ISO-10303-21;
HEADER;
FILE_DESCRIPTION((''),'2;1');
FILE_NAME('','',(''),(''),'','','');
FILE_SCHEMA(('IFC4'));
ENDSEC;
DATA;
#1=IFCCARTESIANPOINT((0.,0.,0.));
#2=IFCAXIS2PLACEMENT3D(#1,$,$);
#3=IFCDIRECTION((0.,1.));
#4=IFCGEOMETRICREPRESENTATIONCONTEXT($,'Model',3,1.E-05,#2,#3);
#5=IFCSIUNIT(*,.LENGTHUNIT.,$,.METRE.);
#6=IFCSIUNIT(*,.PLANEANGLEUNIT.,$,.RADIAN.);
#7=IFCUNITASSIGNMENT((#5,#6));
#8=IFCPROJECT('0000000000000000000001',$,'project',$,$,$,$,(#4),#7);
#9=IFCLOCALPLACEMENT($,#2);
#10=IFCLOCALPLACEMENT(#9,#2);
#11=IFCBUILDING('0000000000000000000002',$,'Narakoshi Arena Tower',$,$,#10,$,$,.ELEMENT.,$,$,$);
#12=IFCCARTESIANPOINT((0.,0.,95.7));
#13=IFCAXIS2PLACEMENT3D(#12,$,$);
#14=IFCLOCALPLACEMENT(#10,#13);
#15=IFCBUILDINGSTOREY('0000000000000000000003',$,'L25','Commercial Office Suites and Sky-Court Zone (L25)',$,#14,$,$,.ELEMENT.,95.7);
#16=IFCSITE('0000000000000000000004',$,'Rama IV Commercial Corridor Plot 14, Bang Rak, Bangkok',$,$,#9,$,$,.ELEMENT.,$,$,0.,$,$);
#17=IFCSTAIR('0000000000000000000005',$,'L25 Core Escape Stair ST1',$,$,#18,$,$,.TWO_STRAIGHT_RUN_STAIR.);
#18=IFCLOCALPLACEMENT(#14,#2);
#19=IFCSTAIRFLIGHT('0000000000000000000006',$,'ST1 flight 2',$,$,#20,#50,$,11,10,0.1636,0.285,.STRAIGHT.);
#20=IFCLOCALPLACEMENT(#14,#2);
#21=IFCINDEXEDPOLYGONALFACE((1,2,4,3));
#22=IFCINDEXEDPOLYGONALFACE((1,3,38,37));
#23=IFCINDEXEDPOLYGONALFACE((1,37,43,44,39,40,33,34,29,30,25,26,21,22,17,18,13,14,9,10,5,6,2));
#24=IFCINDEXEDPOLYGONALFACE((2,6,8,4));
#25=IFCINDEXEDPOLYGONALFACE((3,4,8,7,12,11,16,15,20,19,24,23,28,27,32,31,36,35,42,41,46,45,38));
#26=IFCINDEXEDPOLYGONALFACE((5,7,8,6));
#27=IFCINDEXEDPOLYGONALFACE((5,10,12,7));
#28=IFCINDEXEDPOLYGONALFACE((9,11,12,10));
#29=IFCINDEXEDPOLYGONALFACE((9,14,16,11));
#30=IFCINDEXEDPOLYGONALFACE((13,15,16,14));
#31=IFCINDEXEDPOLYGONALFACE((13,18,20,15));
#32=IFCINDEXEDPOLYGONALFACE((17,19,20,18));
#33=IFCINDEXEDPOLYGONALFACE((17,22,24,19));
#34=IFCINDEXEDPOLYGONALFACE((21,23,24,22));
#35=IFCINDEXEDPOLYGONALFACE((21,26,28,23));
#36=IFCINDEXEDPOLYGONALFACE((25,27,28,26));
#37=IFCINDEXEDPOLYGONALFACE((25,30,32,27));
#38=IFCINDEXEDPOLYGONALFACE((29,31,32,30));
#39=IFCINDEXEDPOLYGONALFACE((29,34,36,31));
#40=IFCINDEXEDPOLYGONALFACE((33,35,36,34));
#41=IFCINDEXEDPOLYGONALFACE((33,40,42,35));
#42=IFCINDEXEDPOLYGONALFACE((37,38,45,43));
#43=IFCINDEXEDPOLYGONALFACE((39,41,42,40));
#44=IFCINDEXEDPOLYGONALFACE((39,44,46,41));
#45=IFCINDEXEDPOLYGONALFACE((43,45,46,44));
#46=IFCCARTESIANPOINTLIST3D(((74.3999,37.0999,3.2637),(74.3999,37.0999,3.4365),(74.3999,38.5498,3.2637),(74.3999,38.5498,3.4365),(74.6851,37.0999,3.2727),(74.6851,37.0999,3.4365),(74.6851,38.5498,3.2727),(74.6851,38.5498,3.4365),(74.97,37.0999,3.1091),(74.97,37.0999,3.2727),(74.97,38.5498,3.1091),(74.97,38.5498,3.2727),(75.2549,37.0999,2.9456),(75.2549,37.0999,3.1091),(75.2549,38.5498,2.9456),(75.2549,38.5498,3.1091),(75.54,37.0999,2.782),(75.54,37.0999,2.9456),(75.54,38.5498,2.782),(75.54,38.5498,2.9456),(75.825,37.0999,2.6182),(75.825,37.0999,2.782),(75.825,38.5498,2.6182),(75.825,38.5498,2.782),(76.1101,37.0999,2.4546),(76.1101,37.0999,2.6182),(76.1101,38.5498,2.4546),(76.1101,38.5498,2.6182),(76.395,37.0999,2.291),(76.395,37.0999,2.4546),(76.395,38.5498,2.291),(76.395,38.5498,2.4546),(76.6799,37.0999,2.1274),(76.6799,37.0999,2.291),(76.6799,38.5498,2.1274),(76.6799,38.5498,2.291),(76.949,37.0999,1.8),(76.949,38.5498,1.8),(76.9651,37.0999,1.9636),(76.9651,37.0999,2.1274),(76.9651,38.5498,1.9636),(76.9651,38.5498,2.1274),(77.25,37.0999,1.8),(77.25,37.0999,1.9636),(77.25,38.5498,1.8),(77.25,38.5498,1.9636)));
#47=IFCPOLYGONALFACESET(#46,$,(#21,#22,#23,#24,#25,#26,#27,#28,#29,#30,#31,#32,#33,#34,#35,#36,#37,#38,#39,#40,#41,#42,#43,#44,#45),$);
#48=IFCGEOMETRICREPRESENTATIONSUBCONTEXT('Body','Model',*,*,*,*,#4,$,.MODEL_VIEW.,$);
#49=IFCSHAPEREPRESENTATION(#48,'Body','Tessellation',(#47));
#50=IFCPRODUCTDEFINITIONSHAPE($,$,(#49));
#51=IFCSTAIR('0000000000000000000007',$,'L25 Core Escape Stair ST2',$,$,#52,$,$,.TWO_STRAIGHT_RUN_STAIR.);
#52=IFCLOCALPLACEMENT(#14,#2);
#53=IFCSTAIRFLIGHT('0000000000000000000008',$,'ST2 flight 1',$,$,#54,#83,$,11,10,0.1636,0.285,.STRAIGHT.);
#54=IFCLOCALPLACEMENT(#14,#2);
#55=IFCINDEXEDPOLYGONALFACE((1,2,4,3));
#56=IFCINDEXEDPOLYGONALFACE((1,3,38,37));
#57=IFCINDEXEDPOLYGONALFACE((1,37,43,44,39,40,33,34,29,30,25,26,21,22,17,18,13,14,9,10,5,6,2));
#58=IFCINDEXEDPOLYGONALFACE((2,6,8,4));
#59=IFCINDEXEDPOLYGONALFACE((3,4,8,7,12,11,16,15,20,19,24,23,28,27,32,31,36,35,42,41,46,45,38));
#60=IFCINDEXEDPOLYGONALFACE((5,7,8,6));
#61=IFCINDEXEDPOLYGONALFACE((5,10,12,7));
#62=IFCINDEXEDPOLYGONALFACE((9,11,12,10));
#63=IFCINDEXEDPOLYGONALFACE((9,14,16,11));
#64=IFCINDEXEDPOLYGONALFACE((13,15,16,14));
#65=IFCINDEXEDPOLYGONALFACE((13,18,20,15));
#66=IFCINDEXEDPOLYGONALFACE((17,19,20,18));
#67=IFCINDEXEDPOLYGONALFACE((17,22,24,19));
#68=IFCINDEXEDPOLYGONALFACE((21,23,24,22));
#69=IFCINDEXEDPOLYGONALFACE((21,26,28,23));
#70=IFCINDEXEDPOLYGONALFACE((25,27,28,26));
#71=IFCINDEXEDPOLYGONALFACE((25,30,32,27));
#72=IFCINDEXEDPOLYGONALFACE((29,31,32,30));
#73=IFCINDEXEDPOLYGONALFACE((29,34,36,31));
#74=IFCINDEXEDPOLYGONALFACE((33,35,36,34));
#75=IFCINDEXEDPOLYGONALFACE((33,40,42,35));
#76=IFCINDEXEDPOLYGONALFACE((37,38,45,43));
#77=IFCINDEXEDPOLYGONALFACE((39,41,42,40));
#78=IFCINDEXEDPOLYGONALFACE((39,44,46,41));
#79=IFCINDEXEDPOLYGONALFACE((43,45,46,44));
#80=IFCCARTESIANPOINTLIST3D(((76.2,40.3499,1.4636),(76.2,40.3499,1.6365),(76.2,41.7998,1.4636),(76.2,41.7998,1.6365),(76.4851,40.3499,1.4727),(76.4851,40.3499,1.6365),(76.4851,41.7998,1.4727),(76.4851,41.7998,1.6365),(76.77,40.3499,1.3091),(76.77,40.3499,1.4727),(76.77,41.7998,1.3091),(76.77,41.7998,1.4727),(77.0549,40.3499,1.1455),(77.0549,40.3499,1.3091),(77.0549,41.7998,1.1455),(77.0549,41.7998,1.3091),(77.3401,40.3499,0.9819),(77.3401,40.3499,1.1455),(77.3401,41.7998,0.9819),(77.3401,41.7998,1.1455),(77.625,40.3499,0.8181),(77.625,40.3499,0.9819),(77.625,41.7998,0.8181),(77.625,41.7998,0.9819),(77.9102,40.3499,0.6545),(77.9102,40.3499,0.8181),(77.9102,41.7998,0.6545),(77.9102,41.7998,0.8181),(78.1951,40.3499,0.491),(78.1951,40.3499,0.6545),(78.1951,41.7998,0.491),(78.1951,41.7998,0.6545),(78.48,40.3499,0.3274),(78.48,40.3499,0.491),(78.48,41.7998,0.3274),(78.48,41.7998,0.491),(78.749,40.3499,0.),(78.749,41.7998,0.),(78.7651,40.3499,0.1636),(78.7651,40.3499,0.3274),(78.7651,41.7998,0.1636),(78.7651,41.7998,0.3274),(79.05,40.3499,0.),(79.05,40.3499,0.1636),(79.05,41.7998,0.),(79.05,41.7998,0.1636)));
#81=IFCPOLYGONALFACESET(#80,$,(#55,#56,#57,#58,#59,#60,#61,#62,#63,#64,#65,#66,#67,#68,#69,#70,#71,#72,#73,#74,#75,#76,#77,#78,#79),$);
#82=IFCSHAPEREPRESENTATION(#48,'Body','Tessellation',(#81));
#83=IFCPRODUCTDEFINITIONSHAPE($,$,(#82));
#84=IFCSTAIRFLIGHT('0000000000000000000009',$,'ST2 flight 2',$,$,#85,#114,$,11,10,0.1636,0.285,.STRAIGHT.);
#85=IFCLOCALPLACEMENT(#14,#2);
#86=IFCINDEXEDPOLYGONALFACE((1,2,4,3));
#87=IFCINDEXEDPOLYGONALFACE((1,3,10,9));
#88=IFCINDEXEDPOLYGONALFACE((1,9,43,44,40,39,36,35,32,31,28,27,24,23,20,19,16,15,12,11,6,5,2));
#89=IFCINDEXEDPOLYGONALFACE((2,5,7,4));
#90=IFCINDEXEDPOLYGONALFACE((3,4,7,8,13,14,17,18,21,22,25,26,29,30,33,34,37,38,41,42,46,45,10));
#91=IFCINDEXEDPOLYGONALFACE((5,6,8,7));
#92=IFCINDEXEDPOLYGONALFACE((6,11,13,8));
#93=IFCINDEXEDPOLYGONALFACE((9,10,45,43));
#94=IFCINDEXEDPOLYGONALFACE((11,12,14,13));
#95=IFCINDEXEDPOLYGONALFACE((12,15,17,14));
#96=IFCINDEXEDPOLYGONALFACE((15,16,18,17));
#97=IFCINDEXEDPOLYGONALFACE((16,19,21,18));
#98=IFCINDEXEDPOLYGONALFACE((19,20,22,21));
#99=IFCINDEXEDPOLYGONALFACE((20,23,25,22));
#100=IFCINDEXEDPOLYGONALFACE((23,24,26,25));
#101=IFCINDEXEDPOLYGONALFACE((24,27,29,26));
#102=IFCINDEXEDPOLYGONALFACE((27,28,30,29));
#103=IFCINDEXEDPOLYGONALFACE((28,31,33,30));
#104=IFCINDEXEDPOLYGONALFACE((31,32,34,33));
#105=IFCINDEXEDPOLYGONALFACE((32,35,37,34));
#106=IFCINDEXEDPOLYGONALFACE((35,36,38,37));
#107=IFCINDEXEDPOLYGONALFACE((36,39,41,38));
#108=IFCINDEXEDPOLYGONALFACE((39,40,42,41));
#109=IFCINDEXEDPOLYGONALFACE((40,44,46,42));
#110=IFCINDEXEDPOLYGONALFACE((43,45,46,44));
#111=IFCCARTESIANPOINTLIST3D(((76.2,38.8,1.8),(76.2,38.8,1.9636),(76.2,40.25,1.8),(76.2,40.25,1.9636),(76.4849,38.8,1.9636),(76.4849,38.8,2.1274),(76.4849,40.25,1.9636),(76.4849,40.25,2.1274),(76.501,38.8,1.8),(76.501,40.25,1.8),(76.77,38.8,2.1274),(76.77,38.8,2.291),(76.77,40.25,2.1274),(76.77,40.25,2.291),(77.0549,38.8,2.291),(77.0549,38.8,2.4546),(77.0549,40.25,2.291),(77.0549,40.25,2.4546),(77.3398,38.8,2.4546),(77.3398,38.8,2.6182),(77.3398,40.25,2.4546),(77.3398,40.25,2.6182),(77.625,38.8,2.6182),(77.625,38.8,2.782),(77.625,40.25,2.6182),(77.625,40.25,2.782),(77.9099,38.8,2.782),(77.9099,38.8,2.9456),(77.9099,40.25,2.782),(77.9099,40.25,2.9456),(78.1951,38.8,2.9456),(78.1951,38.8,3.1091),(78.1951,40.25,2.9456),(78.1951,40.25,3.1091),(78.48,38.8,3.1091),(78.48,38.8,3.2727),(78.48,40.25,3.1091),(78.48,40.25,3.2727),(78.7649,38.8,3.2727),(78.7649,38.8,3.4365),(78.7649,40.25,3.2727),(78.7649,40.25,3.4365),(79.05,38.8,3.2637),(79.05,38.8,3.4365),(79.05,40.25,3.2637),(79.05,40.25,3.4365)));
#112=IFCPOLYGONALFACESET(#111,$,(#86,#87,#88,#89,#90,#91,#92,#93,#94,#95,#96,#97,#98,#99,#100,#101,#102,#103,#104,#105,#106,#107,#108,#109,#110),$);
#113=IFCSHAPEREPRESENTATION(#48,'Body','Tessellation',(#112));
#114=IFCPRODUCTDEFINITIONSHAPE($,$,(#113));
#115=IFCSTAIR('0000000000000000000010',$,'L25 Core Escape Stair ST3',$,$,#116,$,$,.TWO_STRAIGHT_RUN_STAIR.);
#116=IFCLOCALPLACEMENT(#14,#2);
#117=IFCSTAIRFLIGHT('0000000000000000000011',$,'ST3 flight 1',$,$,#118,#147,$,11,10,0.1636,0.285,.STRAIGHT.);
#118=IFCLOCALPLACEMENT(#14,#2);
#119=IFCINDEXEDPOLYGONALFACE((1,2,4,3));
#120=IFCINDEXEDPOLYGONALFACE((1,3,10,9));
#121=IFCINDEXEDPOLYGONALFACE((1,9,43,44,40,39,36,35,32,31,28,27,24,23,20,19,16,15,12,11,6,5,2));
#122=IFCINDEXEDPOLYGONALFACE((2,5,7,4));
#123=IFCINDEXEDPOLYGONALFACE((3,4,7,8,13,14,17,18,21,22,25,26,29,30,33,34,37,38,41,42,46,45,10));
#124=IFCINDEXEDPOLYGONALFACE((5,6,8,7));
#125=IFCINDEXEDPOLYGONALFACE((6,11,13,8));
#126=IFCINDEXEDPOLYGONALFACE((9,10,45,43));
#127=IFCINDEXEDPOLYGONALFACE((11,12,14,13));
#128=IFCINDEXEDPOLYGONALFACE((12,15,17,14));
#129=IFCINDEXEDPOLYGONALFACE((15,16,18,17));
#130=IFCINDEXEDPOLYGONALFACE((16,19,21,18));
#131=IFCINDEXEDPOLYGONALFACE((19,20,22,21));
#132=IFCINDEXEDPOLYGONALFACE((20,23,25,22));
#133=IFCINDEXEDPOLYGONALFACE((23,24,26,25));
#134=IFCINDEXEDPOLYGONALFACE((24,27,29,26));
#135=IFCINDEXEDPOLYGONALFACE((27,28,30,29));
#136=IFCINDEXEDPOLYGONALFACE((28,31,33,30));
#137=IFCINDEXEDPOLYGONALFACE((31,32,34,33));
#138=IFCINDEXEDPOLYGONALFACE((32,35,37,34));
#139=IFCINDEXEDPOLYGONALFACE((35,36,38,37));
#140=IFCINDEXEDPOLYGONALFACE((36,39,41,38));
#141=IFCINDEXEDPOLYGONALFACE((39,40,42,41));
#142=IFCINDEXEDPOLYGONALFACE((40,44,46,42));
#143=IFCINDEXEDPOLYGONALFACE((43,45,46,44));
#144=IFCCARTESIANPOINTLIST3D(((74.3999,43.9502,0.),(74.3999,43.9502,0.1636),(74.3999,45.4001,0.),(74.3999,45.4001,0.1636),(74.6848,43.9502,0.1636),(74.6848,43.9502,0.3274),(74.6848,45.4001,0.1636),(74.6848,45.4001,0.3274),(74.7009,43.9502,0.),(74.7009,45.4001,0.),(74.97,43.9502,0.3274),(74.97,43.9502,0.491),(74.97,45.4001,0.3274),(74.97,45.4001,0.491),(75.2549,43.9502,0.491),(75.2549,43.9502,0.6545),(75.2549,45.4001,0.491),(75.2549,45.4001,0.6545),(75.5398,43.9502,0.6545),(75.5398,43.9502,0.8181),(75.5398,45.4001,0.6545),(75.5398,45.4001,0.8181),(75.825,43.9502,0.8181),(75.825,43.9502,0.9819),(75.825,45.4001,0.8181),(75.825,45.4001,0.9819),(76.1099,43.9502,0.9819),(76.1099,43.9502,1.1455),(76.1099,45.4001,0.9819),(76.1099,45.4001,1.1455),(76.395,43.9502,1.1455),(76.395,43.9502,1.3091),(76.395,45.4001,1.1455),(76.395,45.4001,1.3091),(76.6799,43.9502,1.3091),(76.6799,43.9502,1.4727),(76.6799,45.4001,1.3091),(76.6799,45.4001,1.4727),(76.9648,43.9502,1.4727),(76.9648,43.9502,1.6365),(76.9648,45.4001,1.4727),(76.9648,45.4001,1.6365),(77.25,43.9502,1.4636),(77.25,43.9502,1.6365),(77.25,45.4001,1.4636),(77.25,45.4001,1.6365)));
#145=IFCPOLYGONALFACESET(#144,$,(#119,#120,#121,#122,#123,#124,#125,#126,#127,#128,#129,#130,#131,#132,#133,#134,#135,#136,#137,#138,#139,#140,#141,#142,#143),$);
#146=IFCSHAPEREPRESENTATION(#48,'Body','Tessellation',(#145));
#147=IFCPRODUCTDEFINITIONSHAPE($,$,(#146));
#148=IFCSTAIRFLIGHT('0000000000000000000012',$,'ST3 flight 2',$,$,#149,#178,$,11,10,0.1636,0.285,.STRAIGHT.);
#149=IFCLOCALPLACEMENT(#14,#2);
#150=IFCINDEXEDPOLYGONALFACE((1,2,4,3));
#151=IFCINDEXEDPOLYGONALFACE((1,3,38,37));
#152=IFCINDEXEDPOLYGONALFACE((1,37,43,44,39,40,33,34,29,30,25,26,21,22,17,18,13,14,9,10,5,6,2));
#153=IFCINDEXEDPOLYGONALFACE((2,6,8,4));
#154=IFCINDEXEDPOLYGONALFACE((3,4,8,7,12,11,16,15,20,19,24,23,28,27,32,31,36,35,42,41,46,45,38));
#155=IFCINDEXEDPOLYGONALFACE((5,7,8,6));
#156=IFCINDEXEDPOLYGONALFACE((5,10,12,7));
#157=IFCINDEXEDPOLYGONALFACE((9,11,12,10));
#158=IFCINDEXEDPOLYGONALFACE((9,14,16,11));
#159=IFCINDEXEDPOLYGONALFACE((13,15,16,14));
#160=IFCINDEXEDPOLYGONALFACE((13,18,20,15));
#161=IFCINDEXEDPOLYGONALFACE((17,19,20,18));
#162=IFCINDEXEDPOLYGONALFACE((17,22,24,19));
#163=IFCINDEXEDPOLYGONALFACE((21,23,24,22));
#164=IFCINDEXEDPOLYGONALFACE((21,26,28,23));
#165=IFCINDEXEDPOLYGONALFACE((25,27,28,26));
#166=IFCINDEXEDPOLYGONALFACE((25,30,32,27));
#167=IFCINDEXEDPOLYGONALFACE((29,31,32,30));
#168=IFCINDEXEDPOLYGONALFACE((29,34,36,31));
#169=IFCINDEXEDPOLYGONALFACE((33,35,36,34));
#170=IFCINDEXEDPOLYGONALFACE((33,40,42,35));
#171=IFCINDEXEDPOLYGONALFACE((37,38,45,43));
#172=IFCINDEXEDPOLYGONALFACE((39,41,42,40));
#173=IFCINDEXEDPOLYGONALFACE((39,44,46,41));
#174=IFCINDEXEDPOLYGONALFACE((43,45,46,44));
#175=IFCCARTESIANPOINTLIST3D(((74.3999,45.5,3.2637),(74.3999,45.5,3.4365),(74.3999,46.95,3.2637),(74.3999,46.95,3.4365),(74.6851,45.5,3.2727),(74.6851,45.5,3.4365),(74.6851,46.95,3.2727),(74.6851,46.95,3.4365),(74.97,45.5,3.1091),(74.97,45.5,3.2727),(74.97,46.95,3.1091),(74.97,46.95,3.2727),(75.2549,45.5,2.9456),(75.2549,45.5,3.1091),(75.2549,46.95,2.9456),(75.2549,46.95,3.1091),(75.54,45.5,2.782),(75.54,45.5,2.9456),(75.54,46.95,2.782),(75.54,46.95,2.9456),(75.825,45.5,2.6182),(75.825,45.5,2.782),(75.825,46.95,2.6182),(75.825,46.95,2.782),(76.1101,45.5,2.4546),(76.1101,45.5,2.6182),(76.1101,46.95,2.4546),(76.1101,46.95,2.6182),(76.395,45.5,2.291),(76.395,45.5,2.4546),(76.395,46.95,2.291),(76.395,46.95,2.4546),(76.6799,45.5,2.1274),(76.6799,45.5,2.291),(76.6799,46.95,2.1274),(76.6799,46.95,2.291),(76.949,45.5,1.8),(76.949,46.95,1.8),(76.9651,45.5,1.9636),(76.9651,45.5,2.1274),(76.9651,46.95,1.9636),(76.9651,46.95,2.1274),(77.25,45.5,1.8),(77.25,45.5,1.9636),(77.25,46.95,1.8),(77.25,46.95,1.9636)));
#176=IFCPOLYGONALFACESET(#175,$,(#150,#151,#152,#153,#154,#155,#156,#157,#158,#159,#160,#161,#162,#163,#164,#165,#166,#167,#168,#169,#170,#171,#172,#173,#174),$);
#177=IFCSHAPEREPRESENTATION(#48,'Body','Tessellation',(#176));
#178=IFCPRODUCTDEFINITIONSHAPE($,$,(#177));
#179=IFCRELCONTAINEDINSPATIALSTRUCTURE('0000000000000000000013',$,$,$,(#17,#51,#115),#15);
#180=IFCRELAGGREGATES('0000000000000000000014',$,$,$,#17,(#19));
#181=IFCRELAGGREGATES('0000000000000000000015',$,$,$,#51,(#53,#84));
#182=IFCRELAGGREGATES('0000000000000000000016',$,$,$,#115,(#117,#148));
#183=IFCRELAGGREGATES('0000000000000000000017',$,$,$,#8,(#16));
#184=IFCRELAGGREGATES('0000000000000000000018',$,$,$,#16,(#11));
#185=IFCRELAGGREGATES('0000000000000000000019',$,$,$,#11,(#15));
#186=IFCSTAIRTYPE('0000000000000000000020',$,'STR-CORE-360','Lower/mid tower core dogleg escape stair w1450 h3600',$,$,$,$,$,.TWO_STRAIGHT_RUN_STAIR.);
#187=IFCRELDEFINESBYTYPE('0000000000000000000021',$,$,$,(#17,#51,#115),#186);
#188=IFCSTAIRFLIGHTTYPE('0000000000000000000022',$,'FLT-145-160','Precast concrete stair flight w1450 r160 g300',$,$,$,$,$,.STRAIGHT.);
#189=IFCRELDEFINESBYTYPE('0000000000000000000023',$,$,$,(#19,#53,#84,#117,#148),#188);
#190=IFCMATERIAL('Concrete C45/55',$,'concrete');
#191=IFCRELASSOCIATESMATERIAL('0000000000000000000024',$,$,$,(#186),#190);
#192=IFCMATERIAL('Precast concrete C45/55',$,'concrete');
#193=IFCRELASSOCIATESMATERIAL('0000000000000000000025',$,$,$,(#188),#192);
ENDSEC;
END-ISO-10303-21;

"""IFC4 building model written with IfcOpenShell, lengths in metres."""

from ifc_helpers import new_model, si_unit, direction, frame, origin, place, context, subcontext, project, spatial, polyline, outline, extrude, material, type_object, element, aggregate, save


model = new_model("IFC4")

# Units and contexts
model_context = context("Model", 3, precision=1e-05, world=origin(), true_north=direction((0.0, 1.0)))
body_context = subcontext(model_context, "Body", "Model", "MODEL_VIEW")
ifc_project = project(units=[si_unit("LENGTHUNIT", "METRE"), si_unit("PLANEANGLEUNIT", "RADIAN")], contexts=[model_context])

# Site, building, storey
site_placement = place(None, origin())
site = spatial("IfcSite", under=ifc_project, at=site_placement, Name="Rama IV Commercial Corridor Plot 14, Bang Rak, Bangkok", CompositionType="ELEMENT", RefElevation=0.0)
building_placement = place(site_placement, origin())
building = spatial("IfcBuilding", under=site, at=building_placement, Name="Narakoshi Arena Tower", CompositionType="ELEMENT")
storey_placement = place(building_placement, frame((0.0, 0.0, 95.7)))
storey = spatial("IfcBuildingStorey", under=building, at=storey_placement, Name="L25", Description="Commercial Office Suites and Sky-Court Zone (L25)", CompositionType="ELEMENT", Elevation=95.7)

# Stairs, stair flights
ifc_material_1 = material(Name="Concrete C45/55", Category="concrete")
stair_type = type_object("IfcStairType", Name="STR-CORE-360", Description="Lower/mid tower core dogleg escape stair w1450 h3600", PredefinedType="TWO_STRAIGHT_RUN_STAIR", material=ifc_material_1)
stair_1_placement = place(storey_placement, origin())
stair_1 = element("IfcStair", 1, at=stair_1_placement, inside=storey, type_object=stair_type, Name="L25 Core Escape Stair ST1", PredefinedType="TWO_STRAIGHT_RUN_STAIR")
ifc_material_2 = material(Name="Precast concrete C45/55", Category="concrete")
stair_flight_type = type_object("IfcStairFlightType", Name="FLT-145-160", Description="Precast concrete stair flight w1450 r160 g300", PredefinedType="STRAIGHT", material=ifc_material_2)
stair_flight_1_placement = place(storey_placement, frame((77.25, 37.825, 1.8), z_axis=(0.0, 0.0, 1.0), x_axis=(-1.0, 0.0, 0.0)))
stair_flight_1 = element("IfcStairFlight", 2, at=stair_flight_1_placement, type_object=stair_flight_type, Name="ST1 flight 2", NumberOfRisers=11, NumberOfTreads=10, PredefinedType="STRAIGHT", RiserHeight=0.1636, TreadLength=0.285, context=body_context, shape_type="SweptSolid", body=[
    extrude(outline(polyline([(0.0, 0.0), (0.0, 0.1636), (0.2849, 0.1636), (0.2849, 0.3274), (0.5701, 0.3274), (0.5701, 0.491), (0.855, 0.491), (0.855, 0.6545), (1.1399, 0.6545), (1.1399, 0.8181), (1.425, 0.8181), (1.425, 0.9819), (1.71, 0.9819), (1.71, 1.1455), (1.9951, 1.1455), (1.9951, 1.3091), (2.28, 1.3091), (2.28, 1.4727), (2.5649, 1.4727), (2.5649, 1.6365), (2.8501, 1.6365), (2.8501, 1.8), (2.8501, 1.4636), (0.301, 0.0), (0.0, 0.0)])), frame((0.0, 0.7251, 0.0), z_axis=(0.0, -1.0, 0.0), x_axis=(1.0, 0.0, 0.0)), (0.0, 0.0, 1.0), 1.45),
])
aggregate(stair_1, [stair_flight_1])
stair_2_placement = place(storey_placement, origin())
stair_2 = element("IfcStair", 3, at=stair_2_placement, inside=storey, type_object=stair_type, Name="L25 Core Escape Stair ST2", PredefinedType="TWO_STRAIGHT_RUN_STAIR")
stair_flight_2_placement = place(storey_placement, frame((79.05, 41.075, 0.0), z_axis=(0.0, 0.0, 1.0), x_axis=(-1.0, 0.0, 0.0)))
stair_flight_2 = element("IfcStairFlight", 4, at=stair_flight_2_placement, type_object=stair_flight_type, Name="ST2 flight 1", NumberOfRisers=11, NumberOfTreads=10, PredefinedType="STRAIGHT", RiserHeight=0.1636, TreadLength=0.285, context=body_context, shape_type="SweptSolid", body=[
    extrude(outline(polyline([(0.0, 0.0), (0.0, 0.1636), (0.2849, 0.1636), (0.2849, 0.3274), (0.5701, 0.3274), (0.5701, 0.491), (0.855, 0.491), (0.855, 0.6545), (1.1399, 0.6545), (1.1399, 0.8181), (1.425, 0.8181), (1.425, 0.9819), (1.71, 0.9819), (1.71, 1.1455), (1.9951, 1.1455), (1.9951, 1.3091), (2.28, 1.3091), (2.28, 1.4727), (2.5649, 1.4727), (2.5649, 1.6365), (2.8501, 1.6365), (2.8501, 1.8), (2.8501, 1.4636), (0.301, 0.0), (0.0, 0.0)])), frame((0.0, 0.7251, 0.0), z_axis=(0.0, -1.0, 0.0), x_axis=(1.0, 0.0, 0.0)), (0.0, 0.0, 1.0), 1.45),
])
stair_flight_3_placement = place(storey_placement, frame((76.2, 39.5249, 1.8), z_axis=(0.0, 0.0, 1.0), x_axis=(1.0, 0.0, 0.0)))
stair_flight_3 = element("IfcStairFlight", 5, at=stair_flight_3_placement, type_object=stair_flight_type, Name="ST2 flight 2", NumberOfRisers=11, NumberOfTreads=10, PredefinedType="STRAIGHT", RiserHeight=0.1636, TreadLength=0.285, context=body_context, shape_type="SweptSolid", body=[
    extrude(outline(polyline([(0.0, 0.0), (0.0, 0.1636), (0.2849, 0.1636), (0.2849, 0.3274), (0.5701, 0.3274), (0.5701, 0.491), (0.855, 0.491), (0.855, 0.6545), (1.1399, 0.6545), (1.1399, 0.8181), (1.425, 0.8181), (1.425, 0.9819), (1.71, 0.9819), (1.71, 1.1455), (1.9951, 1.1455), (1.9951, 1.3091), (2.28, 1.3091), (2.28, 1.4727), (2.5649, 1.4727), (2.5649, 1.6365), (2.8501, 1.6365), (2.8501, 1.8), (2.8501, 1.4636), (0.301, 0.0), (0.0, 0.0)])), frame((0.0, 0.7251, 0.0), z_axis=(0.0, -1.0, 0.0), x_axis=(1.0, 0.0, 0.0)), (0.0, 0.0, 1.0), 1.45),
])
aggregate(stair_2, [stair_flight_2, stair_flight_3])
stair_3_placement = place(storey_placement, origin())
stair_3 = element("IfcStair", 6, at=stair_3_placement, inside=storey, type_object=stair_type, Name="L25 Core Escape Stair ST3", PredefinedType="TWO_STRAIGHT_RUN_STAIR")
stair_flight_4_placement = place(storey_placement, frame((74.3999, 44.675, 0.0), z_axis=(0.0, 0.0, 1.0), x_axis=(1.0, 0.0, 0.0)))
stair_flight_4 = element("IfcStairFlight", 7, at=stair_flight_4_placement, type_object=stair_flight_type, Name="ST3 flight 1", NumberOfRisers=11, NumberOfTreads=10, PredefinedType="STRAIGHT", RiserHeight=0.1636, TreadLength=0.285, context=body_context, shape_type="SweptSolid", body=[
    extrude(outline(polyline([(0.0, 0.0), (0.0, 0.1636), (0.2849, 0.1636), (0.2849, 0.3274), (0.5701, 0.3274), (0.5701, 0.491), (0.855, 0.491), (0.855, 0.6545), (1.1399, 0.6545), (1.1399, 0.8181), (1.425, 0.8181), (1.425, 0.9819), (1.71, 0.9819), (1.71, 1.1455), (1.9951, 1.1455), (1.9951, 1.3091), (2.28, 1.3091), (2.28, 1.4727), (2.5649, 1.4727), (2.5649, 1.6365), (2.8501, 1.6365), (2.8501, 1.8), (2.8501, 1.4636), (0.301, 0.0), (0.0, 0.0)])), frame((0.0, 0.7251, 0.0), z_axis=(0.0, -1.0, 0.0), x_axis=(1.0, 0.0, 0.0)), (0.0, 0.0, 1.0), 1.45),
])
stair_flight_5_placement = place(storey_placement, frame((77.25, 46.2251, 1.8), z_axis=(0.0, 0.0, 1.0), x_axis=(-1.0, 0.0, 0.0)))
stair_flight_5 = element("IfcStairFlight", 8, at=stair_flight_5_placement, type_object=stair_flight_type, Name="ST3 flight 2", NumberOfRisers=11, NumberOfTreads=10, PredefinedType="STRAIGHT", RiserHeight=0.1636, TreadLength=0.285, context=body_context, shape_type="SweptSolid", body=[
    extrude(outline(polyline([(0.0, 0.0), (0.0, 0.1636), (0.2849, 0.1636), (0.2849, 0.3274), (0.5701, 0.3274), (0.5701, 0.491), (0.855, 0.491), (0.855, 0.6545), (1.1399, 0.6545), (1.1399, 0.8181), (1.425, 0.8181), (1.425, 0.9819), (1.71, 0.9819), (1.71, 1.1455), (1.9951, 1.1455), (1.9951, 1.3091), (2.28, 1.3091), (2.28, 1.4727), (2.5649, 1.4727), (2.5649, 1.6365), (2.8501, 1.6365), (2.8501, 1.8), (2.8501, 1.4636), (0.301, 0.0), (0.0, 0.0)])), frame((0.0, 0.7251, 0.0), z_axis=(0.0, -1.0, 0.0), x_axis=(1.0, 0.0, 0.0)), (0.0, 0.0, 1.0), 1.45),
])
aggregate(stair_3, [stair_flight_4, stair_flight_5])

save(model, "model.ifc")
